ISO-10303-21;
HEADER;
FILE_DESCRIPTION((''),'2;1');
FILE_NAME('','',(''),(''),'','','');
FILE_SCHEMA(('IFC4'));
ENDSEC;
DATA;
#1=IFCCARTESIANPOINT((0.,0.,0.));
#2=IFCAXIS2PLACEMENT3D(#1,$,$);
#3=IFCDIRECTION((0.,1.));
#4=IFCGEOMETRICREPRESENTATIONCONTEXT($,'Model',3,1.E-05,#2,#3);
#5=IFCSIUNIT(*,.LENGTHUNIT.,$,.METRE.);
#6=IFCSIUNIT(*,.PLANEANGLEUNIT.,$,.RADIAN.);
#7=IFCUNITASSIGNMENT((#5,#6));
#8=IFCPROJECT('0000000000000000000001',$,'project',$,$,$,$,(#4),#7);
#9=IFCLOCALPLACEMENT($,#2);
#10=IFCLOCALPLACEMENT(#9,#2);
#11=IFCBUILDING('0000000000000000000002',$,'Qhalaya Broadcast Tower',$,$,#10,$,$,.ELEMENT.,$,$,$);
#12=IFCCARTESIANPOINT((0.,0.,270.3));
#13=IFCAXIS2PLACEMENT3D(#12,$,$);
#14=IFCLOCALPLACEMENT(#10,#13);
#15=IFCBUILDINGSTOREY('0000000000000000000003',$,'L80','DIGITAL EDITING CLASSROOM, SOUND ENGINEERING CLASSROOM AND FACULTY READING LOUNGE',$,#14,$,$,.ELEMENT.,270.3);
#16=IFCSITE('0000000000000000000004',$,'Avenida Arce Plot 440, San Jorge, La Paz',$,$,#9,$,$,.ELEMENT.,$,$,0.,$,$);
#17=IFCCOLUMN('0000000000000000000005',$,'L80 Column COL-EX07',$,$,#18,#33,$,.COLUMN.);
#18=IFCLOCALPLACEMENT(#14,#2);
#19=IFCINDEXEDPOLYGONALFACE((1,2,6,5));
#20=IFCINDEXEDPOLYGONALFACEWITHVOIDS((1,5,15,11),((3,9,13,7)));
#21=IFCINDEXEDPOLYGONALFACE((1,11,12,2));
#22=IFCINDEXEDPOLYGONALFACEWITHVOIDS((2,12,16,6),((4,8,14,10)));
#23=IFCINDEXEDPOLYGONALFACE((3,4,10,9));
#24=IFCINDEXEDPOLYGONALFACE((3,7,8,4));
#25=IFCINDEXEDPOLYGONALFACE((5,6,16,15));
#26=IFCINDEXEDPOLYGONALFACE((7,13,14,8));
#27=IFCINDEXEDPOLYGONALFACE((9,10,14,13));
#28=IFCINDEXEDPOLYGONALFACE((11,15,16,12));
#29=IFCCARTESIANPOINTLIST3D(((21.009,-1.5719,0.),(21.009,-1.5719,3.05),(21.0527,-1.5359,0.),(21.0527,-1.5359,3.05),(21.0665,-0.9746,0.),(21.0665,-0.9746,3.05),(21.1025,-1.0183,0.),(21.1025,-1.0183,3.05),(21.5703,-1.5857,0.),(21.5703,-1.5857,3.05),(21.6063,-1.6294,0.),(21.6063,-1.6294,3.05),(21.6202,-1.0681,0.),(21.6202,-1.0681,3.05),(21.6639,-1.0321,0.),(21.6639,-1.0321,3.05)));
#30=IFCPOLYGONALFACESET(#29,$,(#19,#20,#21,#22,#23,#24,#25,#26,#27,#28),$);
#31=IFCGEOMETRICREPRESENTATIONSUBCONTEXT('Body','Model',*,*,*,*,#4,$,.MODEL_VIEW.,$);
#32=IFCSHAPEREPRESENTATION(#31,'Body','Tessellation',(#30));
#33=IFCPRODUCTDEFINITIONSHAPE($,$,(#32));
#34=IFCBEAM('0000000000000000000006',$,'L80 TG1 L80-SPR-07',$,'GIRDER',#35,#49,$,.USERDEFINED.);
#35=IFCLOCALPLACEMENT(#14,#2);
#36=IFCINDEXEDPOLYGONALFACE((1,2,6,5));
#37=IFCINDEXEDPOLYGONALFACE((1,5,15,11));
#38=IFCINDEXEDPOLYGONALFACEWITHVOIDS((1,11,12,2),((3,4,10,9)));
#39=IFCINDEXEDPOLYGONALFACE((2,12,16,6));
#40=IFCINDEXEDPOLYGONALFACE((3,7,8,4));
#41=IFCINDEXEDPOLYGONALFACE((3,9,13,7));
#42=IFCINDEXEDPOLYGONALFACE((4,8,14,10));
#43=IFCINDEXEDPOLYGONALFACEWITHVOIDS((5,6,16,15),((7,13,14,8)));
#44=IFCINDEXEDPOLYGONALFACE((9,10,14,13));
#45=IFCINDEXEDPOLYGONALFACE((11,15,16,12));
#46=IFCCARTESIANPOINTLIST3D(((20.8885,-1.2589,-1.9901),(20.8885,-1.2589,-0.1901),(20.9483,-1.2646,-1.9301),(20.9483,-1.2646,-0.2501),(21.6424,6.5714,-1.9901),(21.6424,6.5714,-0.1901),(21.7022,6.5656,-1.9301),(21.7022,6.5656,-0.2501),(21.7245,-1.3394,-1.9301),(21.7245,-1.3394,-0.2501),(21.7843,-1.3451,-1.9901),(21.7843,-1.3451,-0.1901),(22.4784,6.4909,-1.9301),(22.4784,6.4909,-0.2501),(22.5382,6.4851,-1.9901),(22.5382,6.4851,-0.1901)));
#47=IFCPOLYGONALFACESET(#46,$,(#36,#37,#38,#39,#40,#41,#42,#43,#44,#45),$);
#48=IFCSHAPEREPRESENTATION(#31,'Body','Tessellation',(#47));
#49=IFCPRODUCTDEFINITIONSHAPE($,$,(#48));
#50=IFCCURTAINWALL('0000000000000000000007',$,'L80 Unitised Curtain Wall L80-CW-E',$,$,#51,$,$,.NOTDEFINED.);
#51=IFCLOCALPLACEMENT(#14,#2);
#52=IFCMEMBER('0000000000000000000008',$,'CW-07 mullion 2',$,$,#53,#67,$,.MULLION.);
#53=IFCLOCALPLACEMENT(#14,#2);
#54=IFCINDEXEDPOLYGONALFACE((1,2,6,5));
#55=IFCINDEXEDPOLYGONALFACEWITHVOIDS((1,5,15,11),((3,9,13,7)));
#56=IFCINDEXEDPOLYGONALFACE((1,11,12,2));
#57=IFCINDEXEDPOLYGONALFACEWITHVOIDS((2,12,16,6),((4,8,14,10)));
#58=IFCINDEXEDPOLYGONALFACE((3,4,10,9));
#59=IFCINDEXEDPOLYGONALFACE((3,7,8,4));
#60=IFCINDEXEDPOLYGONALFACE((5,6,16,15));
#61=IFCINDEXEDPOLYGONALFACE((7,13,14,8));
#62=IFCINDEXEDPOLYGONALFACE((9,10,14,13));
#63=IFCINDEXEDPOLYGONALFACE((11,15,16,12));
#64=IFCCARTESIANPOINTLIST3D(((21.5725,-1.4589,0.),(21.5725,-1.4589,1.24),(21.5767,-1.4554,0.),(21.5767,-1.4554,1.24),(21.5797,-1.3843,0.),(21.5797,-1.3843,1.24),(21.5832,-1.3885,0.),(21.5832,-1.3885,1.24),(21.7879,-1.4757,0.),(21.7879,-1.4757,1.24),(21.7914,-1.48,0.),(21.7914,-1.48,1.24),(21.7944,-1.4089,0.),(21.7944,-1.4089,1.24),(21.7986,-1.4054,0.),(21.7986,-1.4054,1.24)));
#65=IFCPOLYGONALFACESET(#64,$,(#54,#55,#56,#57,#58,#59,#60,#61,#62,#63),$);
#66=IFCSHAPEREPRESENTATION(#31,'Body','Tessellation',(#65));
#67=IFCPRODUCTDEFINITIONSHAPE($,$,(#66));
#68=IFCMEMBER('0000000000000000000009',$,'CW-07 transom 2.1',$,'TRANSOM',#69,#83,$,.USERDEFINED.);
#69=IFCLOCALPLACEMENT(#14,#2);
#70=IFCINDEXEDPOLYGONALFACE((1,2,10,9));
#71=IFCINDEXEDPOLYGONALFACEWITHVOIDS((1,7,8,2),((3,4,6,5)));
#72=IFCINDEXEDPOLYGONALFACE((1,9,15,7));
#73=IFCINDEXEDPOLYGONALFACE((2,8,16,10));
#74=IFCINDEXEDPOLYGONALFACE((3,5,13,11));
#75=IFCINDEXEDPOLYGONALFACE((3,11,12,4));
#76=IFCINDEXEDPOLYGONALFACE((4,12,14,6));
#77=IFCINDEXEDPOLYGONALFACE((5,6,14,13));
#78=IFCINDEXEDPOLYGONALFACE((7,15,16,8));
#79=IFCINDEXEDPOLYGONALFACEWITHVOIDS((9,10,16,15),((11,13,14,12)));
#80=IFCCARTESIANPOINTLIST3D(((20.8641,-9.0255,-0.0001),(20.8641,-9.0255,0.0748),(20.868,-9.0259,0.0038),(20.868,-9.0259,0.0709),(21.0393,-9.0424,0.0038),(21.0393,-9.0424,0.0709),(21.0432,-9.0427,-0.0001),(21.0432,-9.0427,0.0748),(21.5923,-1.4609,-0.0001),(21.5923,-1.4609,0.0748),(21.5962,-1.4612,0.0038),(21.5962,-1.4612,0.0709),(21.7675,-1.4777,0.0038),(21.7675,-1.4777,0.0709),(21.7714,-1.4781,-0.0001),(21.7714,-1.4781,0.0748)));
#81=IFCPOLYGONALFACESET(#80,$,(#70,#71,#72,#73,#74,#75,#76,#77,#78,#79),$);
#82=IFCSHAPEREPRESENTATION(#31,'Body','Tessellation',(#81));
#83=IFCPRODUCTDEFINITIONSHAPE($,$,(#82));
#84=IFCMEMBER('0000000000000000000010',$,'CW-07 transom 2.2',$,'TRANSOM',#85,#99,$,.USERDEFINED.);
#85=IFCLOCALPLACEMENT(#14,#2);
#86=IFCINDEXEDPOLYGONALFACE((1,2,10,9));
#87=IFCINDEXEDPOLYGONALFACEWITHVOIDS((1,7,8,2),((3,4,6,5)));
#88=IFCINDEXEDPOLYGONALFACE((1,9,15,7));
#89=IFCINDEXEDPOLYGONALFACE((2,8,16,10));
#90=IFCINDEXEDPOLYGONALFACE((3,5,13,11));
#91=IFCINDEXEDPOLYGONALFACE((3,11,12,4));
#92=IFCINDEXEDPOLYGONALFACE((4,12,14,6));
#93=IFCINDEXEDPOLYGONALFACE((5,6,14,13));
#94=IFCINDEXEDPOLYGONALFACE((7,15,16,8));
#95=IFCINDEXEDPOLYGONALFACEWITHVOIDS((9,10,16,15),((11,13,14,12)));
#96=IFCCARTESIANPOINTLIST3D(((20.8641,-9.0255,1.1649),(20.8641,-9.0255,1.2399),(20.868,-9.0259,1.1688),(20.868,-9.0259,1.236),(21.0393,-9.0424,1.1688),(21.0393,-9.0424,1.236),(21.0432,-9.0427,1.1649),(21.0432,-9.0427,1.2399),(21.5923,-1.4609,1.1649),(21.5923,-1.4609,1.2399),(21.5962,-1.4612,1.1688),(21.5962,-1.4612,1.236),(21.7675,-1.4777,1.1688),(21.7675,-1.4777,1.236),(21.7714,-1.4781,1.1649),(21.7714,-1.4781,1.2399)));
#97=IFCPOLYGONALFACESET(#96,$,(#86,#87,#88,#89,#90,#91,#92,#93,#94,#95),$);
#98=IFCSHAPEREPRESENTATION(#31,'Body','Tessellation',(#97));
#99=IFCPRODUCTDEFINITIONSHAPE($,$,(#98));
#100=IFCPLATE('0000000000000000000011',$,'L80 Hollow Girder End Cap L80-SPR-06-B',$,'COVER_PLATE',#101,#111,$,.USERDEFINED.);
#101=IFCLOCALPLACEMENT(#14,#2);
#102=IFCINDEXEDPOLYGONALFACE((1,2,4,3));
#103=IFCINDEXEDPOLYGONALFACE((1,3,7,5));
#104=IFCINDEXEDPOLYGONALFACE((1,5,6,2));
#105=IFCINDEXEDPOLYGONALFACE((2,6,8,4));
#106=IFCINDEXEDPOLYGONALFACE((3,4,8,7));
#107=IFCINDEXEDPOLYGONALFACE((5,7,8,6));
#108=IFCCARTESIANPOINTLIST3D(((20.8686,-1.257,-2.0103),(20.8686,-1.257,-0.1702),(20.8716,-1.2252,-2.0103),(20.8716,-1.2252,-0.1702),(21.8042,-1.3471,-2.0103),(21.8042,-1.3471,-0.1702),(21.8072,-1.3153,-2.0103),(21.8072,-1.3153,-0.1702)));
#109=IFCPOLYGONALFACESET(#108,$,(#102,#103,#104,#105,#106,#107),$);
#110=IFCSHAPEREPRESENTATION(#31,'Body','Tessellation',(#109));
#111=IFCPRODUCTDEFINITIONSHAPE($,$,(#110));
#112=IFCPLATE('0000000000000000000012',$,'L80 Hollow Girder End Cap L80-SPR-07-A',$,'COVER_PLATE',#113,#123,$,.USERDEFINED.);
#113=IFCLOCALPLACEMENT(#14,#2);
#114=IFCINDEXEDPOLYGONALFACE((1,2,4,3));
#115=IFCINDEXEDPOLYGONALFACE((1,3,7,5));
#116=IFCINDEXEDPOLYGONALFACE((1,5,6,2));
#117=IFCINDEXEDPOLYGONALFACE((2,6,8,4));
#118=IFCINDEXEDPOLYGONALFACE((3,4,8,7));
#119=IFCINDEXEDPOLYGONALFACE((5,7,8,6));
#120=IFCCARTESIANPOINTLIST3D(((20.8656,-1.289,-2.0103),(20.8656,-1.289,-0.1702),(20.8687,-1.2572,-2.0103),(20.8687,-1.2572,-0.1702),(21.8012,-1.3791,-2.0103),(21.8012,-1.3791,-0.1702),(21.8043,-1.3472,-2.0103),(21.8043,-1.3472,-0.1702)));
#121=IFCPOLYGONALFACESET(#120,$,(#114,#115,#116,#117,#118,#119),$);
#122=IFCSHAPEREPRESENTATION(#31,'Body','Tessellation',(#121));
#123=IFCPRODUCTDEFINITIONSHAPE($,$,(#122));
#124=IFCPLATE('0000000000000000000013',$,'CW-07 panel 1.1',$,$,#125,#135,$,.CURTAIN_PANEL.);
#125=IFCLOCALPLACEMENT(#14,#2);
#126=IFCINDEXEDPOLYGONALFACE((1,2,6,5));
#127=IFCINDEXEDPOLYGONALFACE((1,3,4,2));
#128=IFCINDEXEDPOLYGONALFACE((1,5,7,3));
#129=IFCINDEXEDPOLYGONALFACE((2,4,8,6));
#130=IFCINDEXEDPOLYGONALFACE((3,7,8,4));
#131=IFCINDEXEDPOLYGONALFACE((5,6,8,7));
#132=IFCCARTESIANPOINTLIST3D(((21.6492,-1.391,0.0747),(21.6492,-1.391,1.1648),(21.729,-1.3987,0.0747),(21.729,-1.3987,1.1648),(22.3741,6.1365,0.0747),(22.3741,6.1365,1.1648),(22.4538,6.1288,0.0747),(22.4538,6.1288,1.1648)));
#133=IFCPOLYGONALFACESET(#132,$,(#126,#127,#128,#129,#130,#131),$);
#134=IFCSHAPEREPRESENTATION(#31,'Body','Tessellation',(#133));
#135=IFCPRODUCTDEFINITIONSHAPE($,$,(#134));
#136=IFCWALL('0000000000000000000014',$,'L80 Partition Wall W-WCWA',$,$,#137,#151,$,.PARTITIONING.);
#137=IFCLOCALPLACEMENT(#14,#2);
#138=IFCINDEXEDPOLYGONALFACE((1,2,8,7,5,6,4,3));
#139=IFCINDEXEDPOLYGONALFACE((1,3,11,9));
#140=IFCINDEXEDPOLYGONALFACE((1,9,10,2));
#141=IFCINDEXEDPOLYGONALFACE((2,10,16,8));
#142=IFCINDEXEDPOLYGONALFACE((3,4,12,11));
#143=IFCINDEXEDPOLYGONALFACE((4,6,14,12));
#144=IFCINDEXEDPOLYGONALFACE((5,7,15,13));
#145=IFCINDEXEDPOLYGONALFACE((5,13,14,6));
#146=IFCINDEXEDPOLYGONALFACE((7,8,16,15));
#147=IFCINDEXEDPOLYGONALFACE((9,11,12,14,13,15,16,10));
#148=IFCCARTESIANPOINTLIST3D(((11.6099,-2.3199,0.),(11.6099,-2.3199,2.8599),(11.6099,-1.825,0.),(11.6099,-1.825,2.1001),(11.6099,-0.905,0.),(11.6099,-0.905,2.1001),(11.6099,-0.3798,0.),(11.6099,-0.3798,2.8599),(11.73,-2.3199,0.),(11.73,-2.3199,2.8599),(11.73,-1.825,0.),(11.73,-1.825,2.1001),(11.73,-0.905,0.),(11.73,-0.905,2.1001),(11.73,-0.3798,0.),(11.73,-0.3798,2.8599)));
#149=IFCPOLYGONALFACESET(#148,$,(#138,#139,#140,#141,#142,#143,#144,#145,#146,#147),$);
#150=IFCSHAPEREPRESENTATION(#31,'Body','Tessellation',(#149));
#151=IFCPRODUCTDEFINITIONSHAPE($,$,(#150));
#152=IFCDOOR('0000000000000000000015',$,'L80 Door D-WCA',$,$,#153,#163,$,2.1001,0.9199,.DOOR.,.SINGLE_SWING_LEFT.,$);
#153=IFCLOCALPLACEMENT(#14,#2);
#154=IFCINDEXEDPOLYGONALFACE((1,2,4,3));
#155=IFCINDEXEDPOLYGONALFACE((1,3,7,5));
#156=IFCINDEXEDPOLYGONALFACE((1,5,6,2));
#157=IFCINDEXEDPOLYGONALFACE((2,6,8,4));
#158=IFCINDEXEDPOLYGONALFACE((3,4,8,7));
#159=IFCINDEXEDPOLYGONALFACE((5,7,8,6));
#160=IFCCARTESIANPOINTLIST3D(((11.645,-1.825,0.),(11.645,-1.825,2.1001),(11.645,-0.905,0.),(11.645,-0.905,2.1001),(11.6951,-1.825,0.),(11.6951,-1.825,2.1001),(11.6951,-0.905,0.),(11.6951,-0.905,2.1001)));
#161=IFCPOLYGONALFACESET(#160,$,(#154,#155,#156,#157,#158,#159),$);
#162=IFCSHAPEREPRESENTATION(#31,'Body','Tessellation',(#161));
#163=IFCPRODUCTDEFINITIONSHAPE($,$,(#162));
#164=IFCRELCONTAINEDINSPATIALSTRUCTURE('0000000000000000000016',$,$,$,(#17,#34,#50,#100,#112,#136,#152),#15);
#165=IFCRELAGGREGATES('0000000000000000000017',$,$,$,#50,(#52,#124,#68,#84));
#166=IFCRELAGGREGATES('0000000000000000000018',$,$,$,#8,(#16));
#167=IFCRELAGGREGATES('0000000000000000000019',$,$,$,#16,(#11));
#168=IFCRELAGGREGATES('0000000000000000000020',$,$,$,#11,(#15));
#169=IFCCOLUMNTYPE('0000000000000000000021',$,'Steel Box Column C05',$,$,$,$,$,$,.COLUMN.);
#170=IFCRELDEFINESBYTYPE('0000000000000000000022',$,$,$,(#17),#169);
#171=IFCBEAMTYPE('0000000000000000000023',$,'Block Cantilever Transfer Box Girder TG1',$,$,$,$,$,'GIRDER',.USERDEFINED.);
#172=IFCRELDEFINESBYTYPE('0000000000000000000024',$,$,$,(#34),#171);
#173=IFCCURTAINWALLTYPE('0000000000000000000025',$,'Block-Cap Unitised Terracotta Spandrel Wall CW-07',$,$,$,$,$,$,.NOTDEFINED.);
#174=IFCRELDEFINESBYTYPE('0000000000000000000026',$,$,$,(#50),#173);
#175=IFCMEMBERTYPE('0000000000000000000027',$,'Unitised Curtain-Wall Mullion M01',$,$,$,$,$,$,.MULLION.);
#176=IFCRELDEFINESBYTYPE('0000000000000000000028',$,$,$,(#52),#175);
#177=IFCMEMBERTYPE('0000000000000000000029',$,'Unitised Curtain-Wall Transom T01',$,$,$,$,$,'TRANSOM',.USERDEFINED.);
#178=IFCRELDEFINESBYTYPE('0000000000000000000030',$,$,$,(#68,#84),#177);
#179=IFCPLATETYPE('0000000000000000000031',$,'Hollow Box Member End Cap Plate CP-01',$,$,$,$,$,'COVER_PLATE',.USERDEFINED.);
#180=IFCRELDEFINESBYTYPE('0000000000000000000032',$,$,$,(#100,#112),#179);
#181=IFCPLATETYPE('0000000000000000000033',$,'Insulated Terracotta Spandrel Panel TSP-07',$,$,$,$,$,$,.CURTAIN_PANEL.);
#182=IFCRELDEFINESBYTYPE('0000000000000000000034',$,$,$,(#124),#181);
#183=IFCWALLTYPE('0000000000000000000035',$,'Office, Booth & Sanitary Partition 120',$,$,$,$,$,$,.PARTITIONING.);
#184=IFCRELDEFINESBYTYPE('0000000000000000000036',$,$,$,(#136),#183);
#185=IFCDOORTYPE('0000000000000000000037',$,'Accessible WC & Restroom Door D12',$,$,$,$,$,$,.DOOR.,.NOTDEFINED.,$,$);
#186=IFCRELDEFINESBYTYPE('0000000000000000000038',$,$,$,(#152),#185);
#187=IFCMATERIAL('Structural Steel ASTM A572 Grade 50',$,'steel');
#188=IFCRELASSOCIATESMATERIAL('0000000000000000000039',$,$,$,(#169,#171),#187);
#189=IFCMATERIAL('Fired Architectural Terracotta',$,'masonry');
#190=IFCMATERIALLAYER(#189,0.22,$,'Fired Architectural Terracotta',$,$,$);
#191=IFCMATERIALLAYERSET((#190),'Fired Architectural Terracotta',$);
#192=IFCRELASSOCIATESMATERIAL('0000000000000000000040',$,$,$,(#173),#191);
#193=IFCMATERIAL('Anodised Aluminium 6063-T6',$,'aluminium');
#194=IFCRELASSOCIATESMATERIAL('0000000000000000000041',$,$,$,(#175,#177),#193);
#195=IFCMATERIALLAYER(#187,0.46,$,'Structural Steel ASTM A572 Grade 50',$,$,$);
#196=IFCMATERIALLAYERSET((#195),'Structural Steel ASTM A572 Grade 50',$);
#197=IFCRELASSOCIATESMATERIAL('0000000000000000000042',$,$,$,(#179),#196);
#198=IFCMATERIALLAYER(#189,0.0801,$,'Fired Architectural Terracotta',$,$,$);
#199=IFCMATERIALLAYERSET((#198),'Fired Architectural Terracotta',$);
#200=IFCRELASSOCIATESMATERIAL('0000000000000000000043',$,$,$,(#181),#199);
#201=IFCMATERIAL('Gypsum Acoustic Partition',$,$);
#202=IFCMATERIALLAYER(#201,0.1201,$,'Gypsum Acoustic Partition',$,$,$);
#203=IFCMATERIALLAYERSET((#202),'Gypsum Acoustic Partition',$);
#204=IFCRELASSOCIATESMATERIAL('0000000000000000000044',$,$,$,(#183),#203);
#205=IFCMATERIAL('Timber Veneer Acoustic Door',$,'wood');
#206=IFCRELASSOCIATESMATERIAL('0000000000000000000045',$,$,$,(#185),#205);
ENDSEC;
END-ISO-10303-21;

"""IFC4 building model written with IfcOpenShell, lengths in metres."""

from ifc_helpers import new_model, si_unit, direction, frame, frame_2d, origin, origin_2d, place, context, subcontext, project, spatial, rectangle, hollow_rectangle, extrude, material, layer, layer_set, material_profile, profile_set, type_object, element, fill, aggregate, save


model = new_model("IFC4")

# Units and contexts
model_context = context("Model", 3, precision=1e-05, world=origin(), true_north=direction((0.0, 1.0)))
body_context = subcontext(model_context, "Body", "Model", "MODEL_VIEW")
ifc_project = project(units=[si_unit("LENGTHUNIT", "METRE"), si_unit("PLANEANGLEUNIT", "RADIAN")], contexts=[model_context])

# Site, building, storey
site_placement = place(None, origin())
site = spatial("IfcSite", under=ifc_project, at=site_placement, Name="Avenida Arce Plot 440, San Jorge, La Paz", CompositionType="ELEMENT", RefElevation=0.0)
building_placement = place(site_placement, origin())
building = spatial("IfcBuilding", under=site, at=building_placement, Name="Qhalaya Broadcast Tower", CompositionType="ELEMENT")
storey_placement = place(building_placement, frame((0.0, 0.0, 270.3)))
storey = spatial("IfcBuildingStorey", under=building, at=storey_placement, Name="L80", Description="DIGITAL EDITING CLASSROOM, SOUND ENGINEERING CLASSROOM AND FACULTY READING LOUNGE", CompositionType="ELEMENT", Elevation=270.3)

# Column
ifc_material_1 = material(Name="Structural Steel ASTM A572 Grade 50", Category="steel")
ifc_material_profile_1 = material_profile(ifc_material_1, hollow_rectangle(XDim=0.6001, YDim=0.6001, WallThickness=0.04, at=origin_2d()), Name="BOX 600x600x40")
ifc_profile_set_1 = profile_set([ifc_material_profile_1], Name="Structural Steel ASTM A572 Grade 50")
column_type = type_object("IfcColumnType", Name="Steel Box Column C05", PredefinedType="COLUMN", material=ifc_profile_set_1)
column_placement = place(storey_placement, frame((21.3364, -1.302, 0.0), z_axis=(0.0, 0.0, 1.0), x_axis=(0.095846, 0.995396, 0.0)))
element("IfcColumn", 1, at=column_placement, inside=storey, type_object=column_type, Name="L80 Column COL-EX07", PredefinedType="COLUMN", context=body_context, shape_type="SweptSolid", body=[
    extrude(hollow_rectangle(XDim=0.6001, YDim=0.6001, WallThickness=0.04, at=origin_2d()), origin(), (0.0, 0.0, 1.0), 3.05),
])

# Beam
ifc_material_profile_2 = material_profile(ifc_material_1, hollow_rectangle(XDim=0.8999, YDim=1.8, WallThickness=0.0601, at=origin_2d()), Name="BOX 900x1800x60")
ifc_profile_set_2 = profile_set([ifc_material_profile_2], Name="Structural Steel ASTM A572 Grade 50")
beam_type = type_object("IfcBeamType", Name="Block Cantilever Transfer Box Girder TG1", ElementType="GIRDER", PredefinedType="USERDEFINED", material=ifc_profile_set_2)
beam_placement = place(storey_placement, frame((21.3364, -1.302, -1.0901), z_axis=(0.095837, 0.995397, 0.0), x_axis=(-0.995397, 0.095837, 0.0)))
element("IfcBeam", 2, at=beam_placement, inside=storey, type_object=beam_type, Name="L80 TG1 L80-SPR-07", ObjectType="GIRDER", PredefinedType="USERDEFINED", context=body_context, shape_type="SweptSolid", body=[
    extrude(hollow_rectangle(XDim=0.8999, YDim=1.8, WallThickness=0.0601, at=origin_2d()), origin(), (0.0, 0.0, 1.0), 7.8665),
])

# Curtain wall, members
ifc_material_2 = material(Name="Fired Architectural Terracotta", Category="masonry")
ifc_layer_1 = layer(ifc_material_2, 0.22, Name="Fired Architectural Terracotta")
ifc_layer_set_1 = layer_set([ifc_layer_1], Name="Fired Architectural Terracotta")
curtain_wall_type = type_object("IfcCurtainWallType", Name="Block-Cap Unitised Terracotta Spandrel Wall CW-07", PredefinedType="NOTDEFINED", material=ifc_layer_set_1)
curtain_wall_placement = place(storey_placement, origin())
curtain_wall = element("IfcCurtainWall", 3, at=curtain_wall_placement, inside=storey, type_object=curtain_wall_type, Name="L80 Unitised Curtain Wall L80-CW-E", PredefinedType="NOTDEFINED")
ifc_material_3 = material(Name="Anodised Aluminium 6063-T6", Category="aluminium")
ifc_material_profile_3 = material_profile(ifc_material_3, hollow_rectangle(XDim=0.075, YDim=0.22, WallThickness=0.0039, at=origin_2d()), Name="ALU-MUL 75x220x4")
ifc_profile_set_3 = profile_set([ifc_material_profile_3], Name="Anodised Aluminium 6063-T6")
member_type_1 = type_object("IfcMemberType", Name="Unitised Curtain-Wall Mullion M01", PredefinedType="MULLION", material=ifc_profile_set_3)
member_1_placement = place(storey_placement, frame((21.6855, -1.4321, 0.0), z_axis=(0.0, 0.0, 1.0), x_axis=(-0.095848, -0.995396, 0.0)))
member_1 = element("IfcMember", 4, at=member_1_placement, type_object=member_type_1, Name="CW-07 mullion 2", PredefinedType="MULLION", context=body_context, shape_type="SweptSolid", body=[
    extrude(hollow_rectangle(XDim=0.075, YDim=0.22, WallThickness=0.0039, at=origin_2d()), origin(), (0.0, 0.0, 1.0), 1.24),
])
ifc_material_profile_4 = material_profile(ifc_material_3, hollow_rectangle(XDim=0.075, YDim=0.1799, WallThickness=0.0039, at=origin_2d()), Name="ALU-TRN 75x180x4")
ifc_profile_set_4 = profile_set([ifc_material_profile_4], Name="Anodised Aluminium 6063-T6")
member_type_2 = type_object("IfcMemberType", Name="Unitised Curtain-Wall Transom T01", ElementType="TRANSOM", PredefinedType="USERDEFINED", material=ifc_profile_set_4)
member_2_placement = place(storey_placement, frame((21.6819, -1.4695, 0.0374), z_axis=(-0.095829, -0.995398, 0.0), x_axis=(0.0, 0.0, 1.0)))
member_2 = element("IfcMember", 5, at=member_2_placement, type_object=member_type_2, Name="CW-07 transom 2.1", ObjectType="TRANSOM", PredefinedType="USERDEFINED", context=body_context, shape_type="SweptSolid", body=[
    extrude(hollow_rectangle(XDim=0.075, YDim=0.1799, WallThickness=0.0039, at=origin_2d()), origin(), (0.0, 0.0, 1.0), 7.5996),
])
member_3_placement = place(storey_placement, frame((21.6819, -1.4695, 1.2024), z_axis=(-0.095829, -0.995398, 0.0), x_axis=(0.0, 0.0, 1.0)))
member_3 = element("IfcMember", 6, at=member_3_placement, type_object=member_type_2, Name="CW-07 transom 2.2", ObjectType="TRANSOM", PredefinedType="USERDEFINED", context=body_context, shape_type="SweptSolid", body=[
    extrude(hollow_rectangle(XDim=0.075, YDim=0.1799, WallThickness=0.0039, at=origin_2d()), origin(), (0.0, 0.0, 1.0), 7.5996),
])

# Plates
ifc_layer_2 = layer(ifc_material_1, 0.46, Name="Structural Steel ASTM A572 Grade 50")
ifc_layer_set_2 = layer_set([ifc_layer_2], Name="Structural Steel ASTM A572 Grade 50")
plate_type_1 = type_object("IfcPlateType", Name="Hollow Box Member End Cap Plate CP-01", ElementType="COVER_PLATE", PredefinedType="USERDEFINED", material=ifc_layer_set_2)
for number, where, z_axis, x_axis, name in (
    (7, (21.3379, -1.2861, -2.0103), (0.0, 0.0, 1.0), (-0.995396, 0.095846, 0.0), "L80 Hollow Girder End Cap L80-SPR-06-B"),
    (8, (21.335, -1.3181, -2.0103), (0.0, 0.0, 1.0), (-0.995396, 0.095846, 0.0), "L80 Hollow Girder End Cap L80-SPR-07-A"),
):
    element("IfcPlate", number, at=place(storey_placement, frame(where, z_axis=z_axis, x_axis=x_axis)), inside=storey, type_object=plate_type_1, Name=name, ObjectType="COVER_PLATE", PredefinedType="USERDEFINED", context=body_context, shape_type="SweptSolid", body=[
        extrude(rectangle(XDim=0.9399, YDim=0.032, at=origin_2d()), origin(), (0.0, 0.0, 1.0), 1.8401),
    ])

# Plate
ifc_layer_3 = layer(ifc_material_2, 0.0801, Name="Fired Architectural Terracotta")
ifc_layer_set_3 = layer_set([ifc_layer_3], Name="Fired Architectural Terracotta")
plate_type_2 = type_object("IfcPlateType", Name="Insulated Terracotta Spandrel Panel TSP-07", PredefinedType="CURTAIN_PANEL", material=ifc_layer_set_3)
plate_placement = place(storey_placement, frame((22.0515, 2.3689, 0.0747), z_axis=(0.0, 0.0, 1.0), x_axis=(-0.095848, -0.995396, 0.0)))
plate = element("IfcPlate", 9, at=plate_placement, type_object=plate_type_2, Name="CW-07 panel 1.1", PredefinedType="CURTAIN_PANEL", context=body_context, shape_type="SweptSolid", body=[
    extrude(rectangle(XDim=7.5623, YDim=0.0801, at=origin_2d()), origin(), (0.0, 0.0, 1.0), 1.0901),
])
aggregate(curtain_wall, [member_1, plate, member_2, member_3])

# Wall, opening, door
ifc_material_4 = material(Name="Gypsum Acoustic Partition")
ifc_layer_4 = layer(ifc_material_4, 0.1201, Name="Gypsum Acoustic Partition")
ifc_layer_set_4 = layer_set([ifc_layer_4], Name="Gypsum Acoustic Partition")
wall_type = type_object("IfcWallType", Name="Office, Booth & Sanitary Partition 120", PredefinedType="PARTITIONING", material=ifc_layer_set_4)
wall_1_placement = place(storey_placement, frame((11.6699, -2.3201, 0.0), z_axis=(0.0, 0.0, 1.0), x_axis=(0.0, 1.0, 0.0)))
wall_1 = element("IfcWall", 10, at=wall_1_placement, inside=storey, type_object=wall_type, Name="L80 Partition Wall W-WCWA", PredefinedType="PARTITIONING", context=body_context, shape_type="SweptSolid", body=[
    extrude(rectangle(XDim=1.9402, YDim=0.1201, at=frame_2d((0.9702, 0.0))), origin(), (0.0, 0.0, 1.0), 2.8599),
])
opening_1_placement = place(wall_1_placement, frame((0.4951, 0.0, 0.0)))
opening_1 = element("IfcOpeningElement", 11, at=opening_1_placement, cuts=wall_1, PredefinedType="OPENING", context=body_context, shape_type="SweptSolid", body=[
    extrude(rectangle(XDim=0.9199, YDim=2.1001, at=frame_2d((0.46, 1.05))), frame((0.0, 0.072, 0.0), z_axis=(0.0, -1.0, 0.0), x_axis=(1.0, 0.0, 0.0)), (0.0, 0.0, 1.0), 0.144),
])
ifc_material_5 = material(Name="Timber Veneer Acoustic Door", Category="wood")
door_type = type_object("IfcDoorType", Name="Accessible WC & Restroom Door D12", OperationType="NOTDEFINED", PredefinedType="DOOR", material=ifc_material_5)
door_1_placement = place(opening_1_placement, origin())
door_1 = element("IfcDoor", 12, at=door_1_placement, inside=storey, type_object=door_type, Name="L80 Door D-WCA", OperationType="SINGLE_SWING_LEFT", OverallHeight=2.1001, OverallWidth=0.9199, PredefinedType="DOOR", context=body_context, shape_type="SweptSolid", body=[
    extrude(rectangle(XDim=0.9199, YDim=2.1001, at=frame_2d((0.46, 1.05))), frame((0.0, 0.0249, 0.0), z_axis=(0.0, -1.0, 0.0), x_axis=(1.0, 0.0, 0.0)), (0.0, 0.0, 1.0), 0.05),
])
fill(opening_1, door_1)

save(model, "model.ifc")
